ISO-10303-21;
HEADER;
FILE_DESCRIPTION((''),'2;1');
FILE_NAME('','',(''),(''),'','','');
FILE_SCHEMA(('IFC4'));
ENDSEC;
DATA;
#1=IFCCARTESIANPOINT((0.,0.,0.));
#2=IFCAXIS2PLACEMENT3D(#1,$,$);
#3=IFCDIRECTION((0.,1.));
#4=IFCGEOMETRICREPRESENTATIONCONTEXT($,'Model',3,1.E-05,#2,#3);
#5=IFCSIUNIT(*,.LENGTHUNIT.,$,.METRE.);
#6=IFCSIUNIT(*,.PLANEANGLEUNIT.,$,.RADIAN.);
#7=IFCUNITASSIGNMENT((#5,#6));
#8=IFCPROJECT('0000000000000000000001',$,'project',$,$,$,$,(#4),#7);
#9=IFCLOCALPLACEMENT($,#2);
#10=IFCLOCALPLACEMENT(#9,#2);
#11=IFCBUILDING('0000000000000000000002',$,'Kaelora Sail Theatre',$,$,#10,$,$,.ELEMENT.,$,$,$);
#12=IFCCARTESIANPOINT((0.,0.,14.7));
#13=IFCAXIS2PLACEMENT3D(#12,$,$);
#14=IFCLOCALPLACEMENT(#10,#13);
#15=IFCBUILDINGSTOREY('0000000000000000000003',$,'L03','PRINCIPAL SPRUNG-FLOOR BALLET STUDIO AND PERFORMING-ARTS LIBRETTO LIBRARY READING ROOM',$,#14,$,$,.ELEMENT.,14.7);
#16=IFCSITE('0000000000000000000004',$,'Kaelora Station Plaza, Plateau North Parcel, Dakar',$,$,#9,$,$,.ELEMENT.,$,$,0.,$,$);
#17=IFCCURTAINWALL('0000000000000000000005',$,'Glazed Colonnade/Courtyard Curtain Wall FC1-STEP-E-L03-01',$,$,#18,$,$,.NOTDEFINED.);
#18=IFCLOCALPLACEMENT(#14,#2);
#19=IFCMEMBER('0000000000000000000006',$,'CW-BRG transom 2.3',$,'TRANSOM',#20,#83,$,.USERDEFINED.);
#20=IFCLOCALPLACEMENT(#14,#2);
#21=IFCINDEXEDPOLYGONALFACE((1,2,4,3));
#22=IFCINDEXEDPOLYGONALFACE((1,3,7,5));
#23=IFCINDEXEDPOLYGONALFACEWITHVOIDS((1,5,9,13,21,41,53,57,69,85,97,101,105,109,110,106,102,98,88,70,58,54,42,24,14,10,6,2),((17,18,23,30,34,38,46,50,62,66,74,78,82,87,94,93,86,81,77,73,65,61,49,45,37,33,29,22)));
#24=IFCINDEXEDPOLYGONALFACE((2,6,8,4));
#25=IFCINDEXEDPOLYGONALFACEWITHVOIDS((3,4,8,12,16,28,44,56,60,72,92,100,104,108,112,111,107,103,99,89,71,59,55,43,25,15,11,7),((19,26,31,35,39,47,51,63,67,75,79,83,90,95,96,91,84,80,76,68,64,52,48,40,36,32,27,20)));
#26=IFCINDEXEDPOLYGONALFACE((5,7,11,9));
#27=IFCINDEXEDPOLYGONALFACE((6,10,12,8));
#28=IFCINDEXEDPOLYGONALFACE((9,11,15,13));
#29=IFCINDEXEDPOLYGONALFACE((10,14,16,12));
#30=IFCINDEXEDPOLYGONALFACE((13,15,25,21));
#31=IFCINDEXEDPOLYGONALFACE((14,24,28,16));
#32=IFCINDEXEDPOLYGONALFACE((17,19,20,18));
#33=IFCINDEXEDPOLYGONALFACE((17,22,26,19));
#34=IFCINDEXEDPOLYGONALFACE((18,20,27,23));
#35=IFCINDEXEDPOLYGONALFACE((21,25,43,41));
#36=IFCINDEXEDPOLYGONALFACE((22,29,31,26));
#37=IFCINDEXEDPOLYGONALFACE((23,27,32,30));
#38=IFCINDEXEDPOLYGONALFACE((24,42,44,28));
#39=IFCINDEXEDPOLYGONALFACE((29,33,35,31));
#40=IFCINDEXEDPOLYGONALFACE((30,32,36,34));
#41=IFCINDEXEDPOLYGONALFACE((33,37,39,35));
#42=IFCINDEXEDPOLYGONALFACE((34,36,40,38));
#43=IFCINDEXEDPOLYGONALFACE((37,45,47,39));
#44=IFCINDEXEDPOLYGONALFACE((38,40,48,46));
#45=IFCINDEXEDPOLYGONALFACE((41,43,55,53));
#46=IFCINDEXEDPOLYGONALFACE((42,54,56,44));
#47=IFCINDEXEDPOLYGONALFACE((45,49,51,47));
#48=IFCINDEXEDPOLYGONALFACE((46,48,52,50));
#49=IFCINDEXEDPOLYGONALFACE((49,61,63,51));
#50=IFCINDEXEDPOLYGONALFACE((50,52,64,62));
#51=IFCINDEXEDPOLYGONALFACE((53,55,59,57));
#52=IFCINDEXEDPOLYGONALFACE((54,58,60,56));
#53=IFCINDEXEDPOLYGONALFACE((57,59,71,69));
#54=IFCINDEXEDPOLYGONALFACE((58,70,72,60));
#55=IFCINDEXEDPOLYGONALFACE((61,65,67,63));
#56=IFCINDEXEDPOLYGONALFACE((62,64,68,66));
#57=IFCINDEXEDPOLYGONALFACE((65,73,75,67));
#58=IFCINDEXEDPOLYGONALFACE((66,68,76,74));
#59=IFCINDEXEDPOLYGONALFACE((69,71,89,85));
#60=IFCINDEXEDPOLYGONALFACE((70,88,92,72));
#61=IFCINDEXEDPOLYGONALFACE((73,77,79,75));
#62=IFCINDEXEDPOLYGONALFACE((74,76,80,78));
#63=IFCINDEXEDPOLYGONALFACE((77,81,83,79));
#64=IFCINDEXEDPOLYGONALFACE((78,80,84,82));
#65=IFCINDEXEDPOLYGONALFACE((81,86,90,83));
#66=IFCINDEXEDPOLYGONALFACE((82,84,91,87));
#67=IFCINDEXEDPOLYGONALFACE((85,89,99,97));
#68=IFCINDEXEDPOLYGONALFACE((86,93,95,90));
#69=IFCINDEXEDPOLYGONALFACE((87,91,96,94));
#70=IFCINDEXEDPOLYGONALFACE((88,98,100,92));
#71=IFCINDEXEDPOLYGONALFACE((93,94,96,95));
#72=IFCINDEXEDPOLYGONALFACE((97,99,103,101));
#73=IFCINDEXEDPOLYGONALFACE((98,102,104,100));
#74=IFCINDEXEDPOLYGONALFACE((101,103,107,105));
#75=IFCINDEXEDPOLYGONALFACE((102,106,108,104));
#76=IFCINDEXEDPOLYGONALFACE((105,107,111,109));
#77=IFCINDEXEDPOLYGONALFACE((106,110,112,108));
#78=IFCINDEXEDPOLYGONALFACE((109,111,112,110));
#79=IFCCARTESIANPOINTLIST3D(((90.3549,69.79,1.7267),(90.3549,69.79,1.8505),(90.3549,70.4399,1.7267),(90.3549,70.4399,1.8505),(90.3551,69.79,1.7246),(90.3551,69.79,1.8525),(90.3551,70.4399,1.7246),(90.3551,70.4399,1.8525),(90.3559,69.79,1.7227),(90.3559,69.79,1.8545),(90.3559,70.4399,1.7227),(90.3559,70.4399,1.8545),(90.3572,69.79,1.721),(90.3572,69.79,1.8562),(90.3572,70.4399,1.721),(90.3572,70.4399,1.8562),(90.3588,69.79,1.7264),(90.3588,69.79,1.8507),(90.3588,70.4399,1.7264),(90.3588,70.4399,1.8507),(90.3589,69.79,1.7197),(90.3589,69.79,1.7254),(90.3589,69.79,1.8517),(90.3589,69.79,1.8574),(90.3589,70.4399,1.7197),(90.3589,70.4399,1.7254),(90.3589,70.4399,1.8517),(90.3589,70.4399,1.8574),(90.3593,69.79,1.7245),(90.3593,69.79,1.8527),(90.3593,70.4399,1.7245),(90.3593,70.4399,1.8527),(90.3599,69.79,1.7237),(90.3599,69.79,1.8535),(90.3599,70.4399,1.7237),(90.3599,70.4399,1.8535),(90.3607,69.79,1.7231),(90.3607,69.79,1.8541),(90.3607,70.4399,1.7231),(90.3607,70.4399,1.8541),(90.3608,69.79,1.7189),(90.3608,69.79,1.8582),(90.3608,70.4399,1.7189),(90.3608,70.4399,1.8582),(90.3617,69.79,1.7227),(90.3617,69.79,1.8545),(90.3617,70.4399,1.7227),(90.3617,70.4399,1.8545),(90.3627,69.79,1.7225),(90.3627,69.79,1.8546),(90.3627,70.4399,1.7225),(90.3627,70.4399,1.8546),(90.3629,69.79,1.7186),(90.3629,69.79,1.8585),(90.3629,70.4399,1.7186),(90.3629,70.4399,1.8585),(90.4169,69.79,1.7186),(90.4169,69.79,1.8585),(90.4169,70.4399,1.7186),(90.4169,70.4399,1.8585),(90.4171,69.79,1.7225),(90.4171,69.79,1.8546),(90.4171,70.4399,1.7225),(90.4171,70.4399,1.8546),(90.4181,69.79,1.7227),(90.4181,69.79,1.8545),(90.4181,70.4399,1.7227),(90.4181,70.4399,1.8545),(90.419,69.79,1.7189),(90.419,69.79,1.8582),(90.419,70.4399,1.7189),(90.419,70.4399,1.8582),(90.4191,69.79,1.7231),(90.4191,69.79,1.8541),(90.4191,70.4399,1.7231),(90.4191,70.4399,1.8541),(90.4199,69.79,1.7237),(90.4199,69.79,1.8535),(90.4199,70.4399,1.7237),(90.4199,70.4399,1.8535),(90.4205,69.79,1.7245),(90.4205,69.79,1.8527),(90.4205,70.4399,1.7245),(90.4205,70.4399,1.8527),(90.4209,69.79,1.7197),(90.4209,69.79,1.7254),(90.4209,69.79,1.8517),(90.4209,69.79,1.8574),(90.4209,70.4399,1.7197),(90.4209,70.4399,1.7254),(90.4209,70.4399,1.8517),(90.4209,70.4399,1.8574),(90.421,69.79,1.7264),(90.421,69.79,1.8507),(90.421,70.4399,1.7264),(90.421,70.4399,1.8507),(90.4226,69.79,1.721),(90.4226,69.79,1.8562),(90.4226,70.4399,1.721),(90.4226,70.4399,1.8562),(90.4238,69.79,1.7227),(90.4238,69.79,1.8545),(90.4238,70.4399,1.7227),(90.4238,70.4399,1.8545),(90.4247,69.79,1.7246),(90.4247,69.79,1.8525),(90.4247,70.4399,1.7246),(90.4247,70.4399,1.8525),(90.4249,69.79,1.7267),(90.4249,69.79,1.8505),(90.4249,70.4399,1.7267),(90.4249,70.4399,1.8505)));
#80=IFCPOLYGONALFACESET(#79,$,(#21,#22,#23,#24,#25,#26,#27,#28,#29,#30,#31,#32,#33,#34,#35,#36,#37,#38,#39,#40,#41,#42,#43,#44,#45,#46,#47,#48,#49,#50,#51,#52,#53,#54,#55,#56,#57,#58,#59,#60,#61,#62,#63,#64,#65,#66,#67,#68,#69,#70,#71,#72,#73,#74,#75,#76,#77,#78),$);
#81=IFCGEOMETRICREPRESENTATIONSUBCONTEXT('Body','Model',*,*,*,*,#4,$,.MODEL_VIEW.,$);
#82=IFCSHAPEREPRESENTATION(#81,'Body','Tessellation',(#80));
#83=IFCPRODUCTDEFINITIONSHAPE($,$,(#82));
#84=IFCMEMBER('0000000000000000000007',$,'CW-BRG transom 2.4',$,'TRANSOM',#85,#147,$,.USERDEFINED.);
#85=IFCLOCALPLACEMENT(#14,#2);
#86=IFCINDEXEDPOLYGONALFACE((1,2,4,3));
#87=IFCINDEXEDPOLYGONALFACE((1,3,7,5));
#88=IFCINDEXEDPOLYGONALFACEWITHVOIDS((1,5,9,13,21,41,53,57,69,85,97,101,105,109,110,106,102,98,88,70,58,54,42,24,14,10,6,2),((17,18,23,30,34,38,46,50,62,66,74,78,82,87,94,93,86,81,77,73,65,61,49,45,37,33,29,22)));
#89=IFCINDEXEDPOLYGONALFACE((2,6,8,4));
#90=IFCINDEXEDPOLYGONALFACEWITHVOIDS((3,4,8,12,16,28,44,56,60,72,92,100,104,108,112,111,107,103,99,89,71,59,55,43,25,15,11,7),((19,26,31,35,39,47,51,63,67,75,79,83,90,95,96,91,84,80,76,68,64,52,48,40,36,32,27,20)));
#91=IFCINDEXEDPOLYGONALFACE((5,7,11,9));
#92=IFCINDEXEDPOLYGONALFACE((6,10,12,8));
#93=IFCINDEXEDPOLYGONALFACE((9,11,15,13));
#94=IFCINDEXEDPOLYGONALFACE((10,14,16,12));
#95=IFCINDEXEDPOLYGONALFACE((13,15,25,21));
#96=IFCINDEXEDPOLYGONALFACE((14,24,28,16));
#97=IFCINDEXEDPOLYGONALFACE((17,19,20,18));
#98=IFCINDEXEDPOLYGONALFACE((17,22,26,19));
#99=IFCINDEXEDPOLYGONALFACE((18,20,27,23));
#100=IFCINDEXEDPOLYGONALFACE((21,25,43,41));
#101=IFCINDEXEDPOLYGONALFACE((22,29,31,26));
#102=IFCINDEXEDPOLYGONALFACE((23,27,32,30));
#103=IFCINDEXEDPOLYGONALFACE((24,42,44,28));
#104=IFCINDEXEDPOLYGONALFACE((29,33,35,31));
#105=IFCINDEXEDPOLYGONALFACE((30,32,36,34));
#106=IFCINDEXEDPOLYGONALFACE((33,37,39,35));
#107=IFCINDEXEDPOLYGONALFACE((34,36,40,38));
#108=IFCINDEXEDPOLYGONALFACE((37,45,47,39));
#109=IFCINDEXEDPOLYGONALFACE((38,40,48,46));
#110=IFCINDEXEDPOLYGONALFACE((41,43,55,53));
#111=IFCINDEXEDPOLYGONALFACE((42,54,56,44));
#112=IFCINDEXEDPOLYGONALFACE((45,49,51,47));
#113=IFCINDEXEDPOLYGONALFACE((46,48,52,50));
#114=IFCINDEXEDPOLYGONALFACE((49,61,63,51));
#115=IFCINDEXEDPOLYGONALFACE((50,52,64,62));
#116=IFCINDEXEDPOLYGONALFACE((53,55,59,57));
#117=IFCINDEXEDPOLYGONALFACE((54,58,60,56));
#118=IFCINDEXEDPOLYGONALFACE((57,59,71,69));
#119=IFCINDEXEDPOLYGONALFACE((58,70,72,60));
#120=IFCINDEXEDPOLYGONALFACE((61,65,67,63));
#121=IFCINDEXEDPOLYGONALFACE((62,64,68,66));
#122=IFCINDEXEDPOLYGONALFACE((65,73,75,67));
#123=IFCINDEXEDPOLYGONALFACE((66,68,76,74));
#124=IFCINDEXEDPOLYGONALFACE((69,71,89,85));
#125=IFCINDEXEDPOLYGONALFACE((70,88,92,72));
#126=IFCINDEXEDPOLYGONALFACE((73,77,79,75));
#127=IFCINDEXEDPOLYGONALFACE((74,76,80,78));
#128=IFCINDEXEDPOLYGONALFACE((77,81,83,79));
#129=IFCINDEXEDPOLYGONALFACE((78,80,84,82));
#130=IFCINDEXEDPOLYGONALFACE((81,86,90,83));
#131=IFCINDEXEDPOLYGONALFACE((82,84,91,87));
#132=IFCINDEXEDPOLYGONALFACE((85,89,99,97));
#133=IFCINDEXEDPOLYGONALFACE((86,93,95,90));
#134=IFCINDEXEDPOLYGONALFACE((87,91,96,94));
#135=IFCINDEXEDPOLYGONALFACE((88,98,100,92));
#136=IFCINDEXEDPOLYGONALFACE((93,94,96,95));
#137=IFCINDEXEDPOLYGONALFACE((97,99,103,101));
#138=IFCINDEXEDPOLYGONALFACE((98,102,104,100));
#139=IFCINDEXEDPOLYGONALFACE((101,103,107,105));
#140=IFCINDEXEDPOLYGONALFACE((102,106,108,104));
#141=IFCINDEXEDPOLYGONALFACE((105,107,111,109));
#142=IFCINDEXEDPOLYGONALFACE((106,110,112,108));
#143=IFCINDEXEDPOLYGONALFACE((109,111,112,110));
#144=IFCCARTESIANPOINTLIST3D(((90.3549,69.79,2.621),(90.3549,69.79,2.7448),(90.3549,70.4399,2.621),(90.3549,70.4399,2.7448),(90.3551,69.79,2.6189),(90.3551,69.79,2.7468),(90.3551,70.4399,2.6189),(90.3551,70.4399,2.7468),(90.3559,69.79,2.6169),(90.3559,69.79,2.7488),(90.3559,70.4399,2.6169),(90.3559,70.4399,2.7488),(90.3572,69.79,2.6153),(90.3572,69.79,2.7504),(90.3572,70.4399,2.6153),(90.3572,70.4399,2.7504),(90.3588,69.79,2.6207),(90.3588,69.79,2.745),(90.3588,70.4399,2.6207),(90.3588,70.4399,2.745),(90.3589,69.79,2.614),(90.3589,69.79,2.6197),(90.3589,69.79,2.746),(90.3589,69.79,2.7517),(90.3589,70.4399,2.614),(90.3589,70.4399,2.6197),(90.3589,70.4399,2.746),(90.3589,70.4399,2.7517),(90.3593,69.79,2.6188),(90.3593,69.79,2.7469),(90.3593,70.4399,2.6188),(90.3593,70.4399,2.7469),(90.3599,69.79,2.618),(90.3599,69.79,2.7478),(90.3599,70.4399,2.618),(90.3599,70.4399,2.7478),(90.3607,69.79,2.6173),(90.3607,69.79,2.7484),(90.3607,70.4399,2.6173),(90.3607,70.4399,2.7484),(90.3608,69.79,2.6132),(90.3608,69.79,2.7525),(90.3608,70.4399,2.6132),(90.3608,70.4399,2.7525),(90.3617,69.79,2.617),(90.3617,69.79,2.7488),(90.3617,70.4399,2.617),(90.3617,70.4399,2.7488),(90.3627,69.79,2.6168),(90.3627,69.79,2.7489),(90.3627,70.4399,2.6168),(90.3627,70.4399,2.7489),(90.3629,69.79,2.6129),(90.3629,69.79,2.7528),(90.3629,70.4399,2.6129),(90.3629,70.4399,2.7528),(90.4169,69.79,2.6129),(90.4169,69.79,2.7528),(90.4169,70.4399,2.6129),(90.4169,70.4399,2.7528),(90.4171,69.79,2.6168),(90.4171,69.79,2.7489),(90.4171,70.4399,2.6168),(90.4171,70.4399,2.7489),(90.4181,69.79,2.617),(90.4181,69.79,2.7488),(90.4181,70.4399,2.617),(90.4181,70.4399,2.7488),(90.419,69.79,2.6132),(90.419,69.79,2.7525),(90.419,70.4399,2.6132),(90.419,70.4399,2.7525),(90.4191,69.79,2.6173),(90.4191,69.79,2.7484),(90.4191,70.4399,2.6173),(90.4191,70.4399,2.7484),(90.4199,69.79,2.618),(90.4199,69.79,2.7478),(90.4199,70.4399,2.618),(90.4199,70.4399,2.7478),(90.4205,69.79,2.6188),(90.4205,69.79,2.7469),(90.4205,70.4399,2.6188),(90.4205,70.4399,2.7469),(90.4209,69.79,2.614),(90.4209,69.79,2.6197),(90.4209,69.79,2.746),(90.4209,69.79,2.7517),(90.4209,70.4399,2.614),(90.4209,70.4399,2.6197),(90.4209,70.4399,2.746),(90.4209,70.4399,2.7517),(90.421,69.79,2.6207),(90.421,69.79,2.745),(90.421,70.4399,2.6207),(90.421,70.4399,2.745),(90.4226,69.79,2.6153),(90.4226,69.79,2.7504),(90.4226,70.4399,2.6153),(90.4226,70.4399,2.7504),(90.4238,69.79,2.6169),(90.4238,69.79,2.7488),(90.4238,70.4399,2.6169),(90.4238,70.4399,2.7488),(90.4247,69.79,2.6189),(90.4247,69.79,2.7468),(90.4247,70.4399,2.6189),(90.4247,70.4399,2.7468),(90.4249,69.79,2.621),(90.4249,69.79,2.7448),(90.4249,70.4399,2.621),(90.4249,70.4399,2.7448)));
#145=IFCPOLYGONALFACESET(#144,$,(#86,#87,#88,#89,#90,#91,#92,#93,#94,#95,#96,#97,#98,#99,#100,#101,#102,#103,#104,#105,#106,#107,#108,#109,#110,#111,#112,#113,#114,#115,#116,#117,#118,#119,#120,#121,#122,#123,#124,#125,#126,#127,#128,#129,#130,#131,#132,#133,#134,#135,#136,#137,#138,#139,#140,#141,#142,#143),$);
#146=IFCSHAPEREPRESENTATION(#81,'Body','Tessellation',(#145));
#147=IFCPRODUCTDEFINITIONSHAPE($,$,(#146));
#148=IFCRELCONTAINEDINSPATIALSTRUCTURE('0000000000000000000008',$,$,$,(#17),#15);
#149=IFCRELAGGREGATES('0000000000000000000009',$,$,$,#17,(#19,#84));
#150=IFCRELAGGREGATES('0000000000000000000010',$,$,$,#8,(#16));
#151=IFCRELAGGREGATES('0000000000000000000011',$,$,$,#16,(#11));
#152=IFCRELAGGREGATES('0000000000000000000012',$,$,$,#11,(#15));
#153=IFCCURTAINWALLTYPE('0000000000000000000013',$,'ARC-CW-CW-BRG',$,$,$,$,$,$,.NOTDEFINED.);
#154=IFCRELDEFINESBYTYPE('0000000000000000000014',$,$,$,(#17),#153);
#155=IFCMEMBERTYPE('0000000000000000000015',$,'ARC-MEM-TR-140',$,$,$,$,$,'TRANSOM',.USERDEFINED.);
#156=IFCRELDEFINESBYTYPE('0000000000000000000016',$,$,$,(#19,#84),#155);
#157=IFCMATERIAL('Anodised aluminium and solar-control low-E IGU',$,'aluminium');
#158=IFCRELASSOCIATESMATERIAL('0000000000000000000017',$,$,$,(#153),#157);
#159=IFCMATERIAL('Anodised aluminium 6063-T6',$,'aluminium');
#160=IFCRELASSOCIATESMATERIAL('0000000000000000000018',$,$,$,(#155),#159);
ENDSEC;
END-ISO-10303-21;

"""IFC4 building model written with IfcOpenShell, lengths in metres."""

from ifc_helpers import new_model, si_unit, direction, frame, origin, origin_2d, place, context, subcontext, project, spatial, hollow_rectangle, extrude, material, material_profile, profile_set, type_object, element, aggregate, save


model = new_model("IFC4")

# Units and contexts
model_context = context("Model", 3, precision=1e-05, world=origin(), true_north=direction((0.0, 1.0)))
body_context = subcontext(model_context, "Body", "Model", "MODEL_VIEW")
ifc_project = project(units=[si_unit("LENGTHUNIT", "METRE"), si_unit("PLANEANGLEUNIT", "RADIAN")], contexts=[model_context])

# Site, building, storey
site_placement = place(None, origin())
site = spatial("IfcSite", under=ifc_project, at=site_placement, Name="Kaelora Station Plaza, Plateau North Parcel, Dakar", CompositionType="ELEMENT", RefElevation=0.0)
building_placement = place(site_placement, origin())
building = spatial("IfcBuilding", under=site, at=building_placement, Name="Kaelora Sail Theatre", CompositionType="ELEMENT")
storey_placement = place(building_placement, frame((0.0, 0.0, 14.7)))
storey = spatial("IfcBuildingStorey", under=building, at=storey_placement, Name="L03", Description="PRINCIPAL SPRUNG-FLOOR BALLET STUDIO AND PERFORMING-ARTS LIBRETTO LIBRARY READING ROOM", CompositionType="ELEMENT", Elevation=14.7)

# Shared definitions
ifc_material_1 = material(Name="Anodised aluminium and solar-control low-E IGU", Category="aluminium")
curtain_wall_type = type_object("IfcCurtainWallType", Name="ARC-CW-CW-BRG", PredefinedType="NOTDEFINED", material=ifc_material_1)

# Curtain wall
curtain_wall_1_placement = place(storey_placement, origin())
curtain_wall_1 = element("IfcCurtainWall", 1, at=curtain_wall_1_placement, inside=storey, type_object=curtain_wall_type, Name="Glazed Colonnade/Courtyard Curtain Wall FC1-STEP-E-L03-01", PredefinedType="NOTDEFINED")

# Members
ifc_material_2 = material(Name="Anodised aluminium 6063-T6", Category="aluminium")
ifc_material_profile_1 = material_profile(ifc_material_2, hollow_rectangle(XDim=0.0701, YDim=0.1399, WallThickness=0.0039, InnerFilletRadius=0.0039, OuterFilletRadius=0.0081, at=origin_2d()), Name="ALU-TRAN 70x140x4")
ifc_profile_set_1 = profile_set([ifc_material_profile_1], Name="Anodised aluminium 6063-T6")
member_type_1 = type_object("IfcMemberType", Name="ARC-MEM-TR-140", ElementType="TRANSOM", PredefinedType="USERDEFINED", material=ifc_profile_set_1)
member_1_placement = place(storey_placement, frame((90.3899, 69.79, 1.7886), z_axis=(0.0, 1.0, 0.0), x_axis=(-1.0, 0.0, 0.0)))
member_1 = element("IfcMember", 2, at=member_1_placement, type_object=member_type_1, Name="CW-BRG transom 2.3", ObjectType="TRANSOM", PredefinedType="USERDEFINED", context=body_context, shape_type="SweptSolid", body=[
    extrude(hollow_rectangle(XDim=0.0701, YDim=0.1399, WallThickness=0.0039, InnerFilletRadius=0.0039, OuterFilletRadius=0.0081, at=origin_2d()), origin(), (0.0, 0.0, 1.0), 0.6499),
])
member_2_placement = place(storey_placement, frame((90.3899, 69.79, 2.6829), z_axis=(0.0, 1.0, 0.0), x_axis=(-1.0, 0.0, 0.0)))
member_2 = element("IfcMember", 3, at=member_2_placement, type_object=member_type_1, Name="CW-BRG transom 2.4", ObjectType="TRANSOM", PredefinedType="USERDEFINED", context=body_context, shape_type="SweptSolid", body=[
    extrude(hollow_rectangle(XDim=0.0701, YDim=0.1399, WallThickness=0.0039, InnerFilletRadius=0.0039, OuterFilletRadius=0.0081, at=origin_2d()), origin(), (0.0, 0.0, 1.0), 0.6499),
])

aggregate(curtain_wall_1, [member_1, member_2])

save(model, "model.ifc")
